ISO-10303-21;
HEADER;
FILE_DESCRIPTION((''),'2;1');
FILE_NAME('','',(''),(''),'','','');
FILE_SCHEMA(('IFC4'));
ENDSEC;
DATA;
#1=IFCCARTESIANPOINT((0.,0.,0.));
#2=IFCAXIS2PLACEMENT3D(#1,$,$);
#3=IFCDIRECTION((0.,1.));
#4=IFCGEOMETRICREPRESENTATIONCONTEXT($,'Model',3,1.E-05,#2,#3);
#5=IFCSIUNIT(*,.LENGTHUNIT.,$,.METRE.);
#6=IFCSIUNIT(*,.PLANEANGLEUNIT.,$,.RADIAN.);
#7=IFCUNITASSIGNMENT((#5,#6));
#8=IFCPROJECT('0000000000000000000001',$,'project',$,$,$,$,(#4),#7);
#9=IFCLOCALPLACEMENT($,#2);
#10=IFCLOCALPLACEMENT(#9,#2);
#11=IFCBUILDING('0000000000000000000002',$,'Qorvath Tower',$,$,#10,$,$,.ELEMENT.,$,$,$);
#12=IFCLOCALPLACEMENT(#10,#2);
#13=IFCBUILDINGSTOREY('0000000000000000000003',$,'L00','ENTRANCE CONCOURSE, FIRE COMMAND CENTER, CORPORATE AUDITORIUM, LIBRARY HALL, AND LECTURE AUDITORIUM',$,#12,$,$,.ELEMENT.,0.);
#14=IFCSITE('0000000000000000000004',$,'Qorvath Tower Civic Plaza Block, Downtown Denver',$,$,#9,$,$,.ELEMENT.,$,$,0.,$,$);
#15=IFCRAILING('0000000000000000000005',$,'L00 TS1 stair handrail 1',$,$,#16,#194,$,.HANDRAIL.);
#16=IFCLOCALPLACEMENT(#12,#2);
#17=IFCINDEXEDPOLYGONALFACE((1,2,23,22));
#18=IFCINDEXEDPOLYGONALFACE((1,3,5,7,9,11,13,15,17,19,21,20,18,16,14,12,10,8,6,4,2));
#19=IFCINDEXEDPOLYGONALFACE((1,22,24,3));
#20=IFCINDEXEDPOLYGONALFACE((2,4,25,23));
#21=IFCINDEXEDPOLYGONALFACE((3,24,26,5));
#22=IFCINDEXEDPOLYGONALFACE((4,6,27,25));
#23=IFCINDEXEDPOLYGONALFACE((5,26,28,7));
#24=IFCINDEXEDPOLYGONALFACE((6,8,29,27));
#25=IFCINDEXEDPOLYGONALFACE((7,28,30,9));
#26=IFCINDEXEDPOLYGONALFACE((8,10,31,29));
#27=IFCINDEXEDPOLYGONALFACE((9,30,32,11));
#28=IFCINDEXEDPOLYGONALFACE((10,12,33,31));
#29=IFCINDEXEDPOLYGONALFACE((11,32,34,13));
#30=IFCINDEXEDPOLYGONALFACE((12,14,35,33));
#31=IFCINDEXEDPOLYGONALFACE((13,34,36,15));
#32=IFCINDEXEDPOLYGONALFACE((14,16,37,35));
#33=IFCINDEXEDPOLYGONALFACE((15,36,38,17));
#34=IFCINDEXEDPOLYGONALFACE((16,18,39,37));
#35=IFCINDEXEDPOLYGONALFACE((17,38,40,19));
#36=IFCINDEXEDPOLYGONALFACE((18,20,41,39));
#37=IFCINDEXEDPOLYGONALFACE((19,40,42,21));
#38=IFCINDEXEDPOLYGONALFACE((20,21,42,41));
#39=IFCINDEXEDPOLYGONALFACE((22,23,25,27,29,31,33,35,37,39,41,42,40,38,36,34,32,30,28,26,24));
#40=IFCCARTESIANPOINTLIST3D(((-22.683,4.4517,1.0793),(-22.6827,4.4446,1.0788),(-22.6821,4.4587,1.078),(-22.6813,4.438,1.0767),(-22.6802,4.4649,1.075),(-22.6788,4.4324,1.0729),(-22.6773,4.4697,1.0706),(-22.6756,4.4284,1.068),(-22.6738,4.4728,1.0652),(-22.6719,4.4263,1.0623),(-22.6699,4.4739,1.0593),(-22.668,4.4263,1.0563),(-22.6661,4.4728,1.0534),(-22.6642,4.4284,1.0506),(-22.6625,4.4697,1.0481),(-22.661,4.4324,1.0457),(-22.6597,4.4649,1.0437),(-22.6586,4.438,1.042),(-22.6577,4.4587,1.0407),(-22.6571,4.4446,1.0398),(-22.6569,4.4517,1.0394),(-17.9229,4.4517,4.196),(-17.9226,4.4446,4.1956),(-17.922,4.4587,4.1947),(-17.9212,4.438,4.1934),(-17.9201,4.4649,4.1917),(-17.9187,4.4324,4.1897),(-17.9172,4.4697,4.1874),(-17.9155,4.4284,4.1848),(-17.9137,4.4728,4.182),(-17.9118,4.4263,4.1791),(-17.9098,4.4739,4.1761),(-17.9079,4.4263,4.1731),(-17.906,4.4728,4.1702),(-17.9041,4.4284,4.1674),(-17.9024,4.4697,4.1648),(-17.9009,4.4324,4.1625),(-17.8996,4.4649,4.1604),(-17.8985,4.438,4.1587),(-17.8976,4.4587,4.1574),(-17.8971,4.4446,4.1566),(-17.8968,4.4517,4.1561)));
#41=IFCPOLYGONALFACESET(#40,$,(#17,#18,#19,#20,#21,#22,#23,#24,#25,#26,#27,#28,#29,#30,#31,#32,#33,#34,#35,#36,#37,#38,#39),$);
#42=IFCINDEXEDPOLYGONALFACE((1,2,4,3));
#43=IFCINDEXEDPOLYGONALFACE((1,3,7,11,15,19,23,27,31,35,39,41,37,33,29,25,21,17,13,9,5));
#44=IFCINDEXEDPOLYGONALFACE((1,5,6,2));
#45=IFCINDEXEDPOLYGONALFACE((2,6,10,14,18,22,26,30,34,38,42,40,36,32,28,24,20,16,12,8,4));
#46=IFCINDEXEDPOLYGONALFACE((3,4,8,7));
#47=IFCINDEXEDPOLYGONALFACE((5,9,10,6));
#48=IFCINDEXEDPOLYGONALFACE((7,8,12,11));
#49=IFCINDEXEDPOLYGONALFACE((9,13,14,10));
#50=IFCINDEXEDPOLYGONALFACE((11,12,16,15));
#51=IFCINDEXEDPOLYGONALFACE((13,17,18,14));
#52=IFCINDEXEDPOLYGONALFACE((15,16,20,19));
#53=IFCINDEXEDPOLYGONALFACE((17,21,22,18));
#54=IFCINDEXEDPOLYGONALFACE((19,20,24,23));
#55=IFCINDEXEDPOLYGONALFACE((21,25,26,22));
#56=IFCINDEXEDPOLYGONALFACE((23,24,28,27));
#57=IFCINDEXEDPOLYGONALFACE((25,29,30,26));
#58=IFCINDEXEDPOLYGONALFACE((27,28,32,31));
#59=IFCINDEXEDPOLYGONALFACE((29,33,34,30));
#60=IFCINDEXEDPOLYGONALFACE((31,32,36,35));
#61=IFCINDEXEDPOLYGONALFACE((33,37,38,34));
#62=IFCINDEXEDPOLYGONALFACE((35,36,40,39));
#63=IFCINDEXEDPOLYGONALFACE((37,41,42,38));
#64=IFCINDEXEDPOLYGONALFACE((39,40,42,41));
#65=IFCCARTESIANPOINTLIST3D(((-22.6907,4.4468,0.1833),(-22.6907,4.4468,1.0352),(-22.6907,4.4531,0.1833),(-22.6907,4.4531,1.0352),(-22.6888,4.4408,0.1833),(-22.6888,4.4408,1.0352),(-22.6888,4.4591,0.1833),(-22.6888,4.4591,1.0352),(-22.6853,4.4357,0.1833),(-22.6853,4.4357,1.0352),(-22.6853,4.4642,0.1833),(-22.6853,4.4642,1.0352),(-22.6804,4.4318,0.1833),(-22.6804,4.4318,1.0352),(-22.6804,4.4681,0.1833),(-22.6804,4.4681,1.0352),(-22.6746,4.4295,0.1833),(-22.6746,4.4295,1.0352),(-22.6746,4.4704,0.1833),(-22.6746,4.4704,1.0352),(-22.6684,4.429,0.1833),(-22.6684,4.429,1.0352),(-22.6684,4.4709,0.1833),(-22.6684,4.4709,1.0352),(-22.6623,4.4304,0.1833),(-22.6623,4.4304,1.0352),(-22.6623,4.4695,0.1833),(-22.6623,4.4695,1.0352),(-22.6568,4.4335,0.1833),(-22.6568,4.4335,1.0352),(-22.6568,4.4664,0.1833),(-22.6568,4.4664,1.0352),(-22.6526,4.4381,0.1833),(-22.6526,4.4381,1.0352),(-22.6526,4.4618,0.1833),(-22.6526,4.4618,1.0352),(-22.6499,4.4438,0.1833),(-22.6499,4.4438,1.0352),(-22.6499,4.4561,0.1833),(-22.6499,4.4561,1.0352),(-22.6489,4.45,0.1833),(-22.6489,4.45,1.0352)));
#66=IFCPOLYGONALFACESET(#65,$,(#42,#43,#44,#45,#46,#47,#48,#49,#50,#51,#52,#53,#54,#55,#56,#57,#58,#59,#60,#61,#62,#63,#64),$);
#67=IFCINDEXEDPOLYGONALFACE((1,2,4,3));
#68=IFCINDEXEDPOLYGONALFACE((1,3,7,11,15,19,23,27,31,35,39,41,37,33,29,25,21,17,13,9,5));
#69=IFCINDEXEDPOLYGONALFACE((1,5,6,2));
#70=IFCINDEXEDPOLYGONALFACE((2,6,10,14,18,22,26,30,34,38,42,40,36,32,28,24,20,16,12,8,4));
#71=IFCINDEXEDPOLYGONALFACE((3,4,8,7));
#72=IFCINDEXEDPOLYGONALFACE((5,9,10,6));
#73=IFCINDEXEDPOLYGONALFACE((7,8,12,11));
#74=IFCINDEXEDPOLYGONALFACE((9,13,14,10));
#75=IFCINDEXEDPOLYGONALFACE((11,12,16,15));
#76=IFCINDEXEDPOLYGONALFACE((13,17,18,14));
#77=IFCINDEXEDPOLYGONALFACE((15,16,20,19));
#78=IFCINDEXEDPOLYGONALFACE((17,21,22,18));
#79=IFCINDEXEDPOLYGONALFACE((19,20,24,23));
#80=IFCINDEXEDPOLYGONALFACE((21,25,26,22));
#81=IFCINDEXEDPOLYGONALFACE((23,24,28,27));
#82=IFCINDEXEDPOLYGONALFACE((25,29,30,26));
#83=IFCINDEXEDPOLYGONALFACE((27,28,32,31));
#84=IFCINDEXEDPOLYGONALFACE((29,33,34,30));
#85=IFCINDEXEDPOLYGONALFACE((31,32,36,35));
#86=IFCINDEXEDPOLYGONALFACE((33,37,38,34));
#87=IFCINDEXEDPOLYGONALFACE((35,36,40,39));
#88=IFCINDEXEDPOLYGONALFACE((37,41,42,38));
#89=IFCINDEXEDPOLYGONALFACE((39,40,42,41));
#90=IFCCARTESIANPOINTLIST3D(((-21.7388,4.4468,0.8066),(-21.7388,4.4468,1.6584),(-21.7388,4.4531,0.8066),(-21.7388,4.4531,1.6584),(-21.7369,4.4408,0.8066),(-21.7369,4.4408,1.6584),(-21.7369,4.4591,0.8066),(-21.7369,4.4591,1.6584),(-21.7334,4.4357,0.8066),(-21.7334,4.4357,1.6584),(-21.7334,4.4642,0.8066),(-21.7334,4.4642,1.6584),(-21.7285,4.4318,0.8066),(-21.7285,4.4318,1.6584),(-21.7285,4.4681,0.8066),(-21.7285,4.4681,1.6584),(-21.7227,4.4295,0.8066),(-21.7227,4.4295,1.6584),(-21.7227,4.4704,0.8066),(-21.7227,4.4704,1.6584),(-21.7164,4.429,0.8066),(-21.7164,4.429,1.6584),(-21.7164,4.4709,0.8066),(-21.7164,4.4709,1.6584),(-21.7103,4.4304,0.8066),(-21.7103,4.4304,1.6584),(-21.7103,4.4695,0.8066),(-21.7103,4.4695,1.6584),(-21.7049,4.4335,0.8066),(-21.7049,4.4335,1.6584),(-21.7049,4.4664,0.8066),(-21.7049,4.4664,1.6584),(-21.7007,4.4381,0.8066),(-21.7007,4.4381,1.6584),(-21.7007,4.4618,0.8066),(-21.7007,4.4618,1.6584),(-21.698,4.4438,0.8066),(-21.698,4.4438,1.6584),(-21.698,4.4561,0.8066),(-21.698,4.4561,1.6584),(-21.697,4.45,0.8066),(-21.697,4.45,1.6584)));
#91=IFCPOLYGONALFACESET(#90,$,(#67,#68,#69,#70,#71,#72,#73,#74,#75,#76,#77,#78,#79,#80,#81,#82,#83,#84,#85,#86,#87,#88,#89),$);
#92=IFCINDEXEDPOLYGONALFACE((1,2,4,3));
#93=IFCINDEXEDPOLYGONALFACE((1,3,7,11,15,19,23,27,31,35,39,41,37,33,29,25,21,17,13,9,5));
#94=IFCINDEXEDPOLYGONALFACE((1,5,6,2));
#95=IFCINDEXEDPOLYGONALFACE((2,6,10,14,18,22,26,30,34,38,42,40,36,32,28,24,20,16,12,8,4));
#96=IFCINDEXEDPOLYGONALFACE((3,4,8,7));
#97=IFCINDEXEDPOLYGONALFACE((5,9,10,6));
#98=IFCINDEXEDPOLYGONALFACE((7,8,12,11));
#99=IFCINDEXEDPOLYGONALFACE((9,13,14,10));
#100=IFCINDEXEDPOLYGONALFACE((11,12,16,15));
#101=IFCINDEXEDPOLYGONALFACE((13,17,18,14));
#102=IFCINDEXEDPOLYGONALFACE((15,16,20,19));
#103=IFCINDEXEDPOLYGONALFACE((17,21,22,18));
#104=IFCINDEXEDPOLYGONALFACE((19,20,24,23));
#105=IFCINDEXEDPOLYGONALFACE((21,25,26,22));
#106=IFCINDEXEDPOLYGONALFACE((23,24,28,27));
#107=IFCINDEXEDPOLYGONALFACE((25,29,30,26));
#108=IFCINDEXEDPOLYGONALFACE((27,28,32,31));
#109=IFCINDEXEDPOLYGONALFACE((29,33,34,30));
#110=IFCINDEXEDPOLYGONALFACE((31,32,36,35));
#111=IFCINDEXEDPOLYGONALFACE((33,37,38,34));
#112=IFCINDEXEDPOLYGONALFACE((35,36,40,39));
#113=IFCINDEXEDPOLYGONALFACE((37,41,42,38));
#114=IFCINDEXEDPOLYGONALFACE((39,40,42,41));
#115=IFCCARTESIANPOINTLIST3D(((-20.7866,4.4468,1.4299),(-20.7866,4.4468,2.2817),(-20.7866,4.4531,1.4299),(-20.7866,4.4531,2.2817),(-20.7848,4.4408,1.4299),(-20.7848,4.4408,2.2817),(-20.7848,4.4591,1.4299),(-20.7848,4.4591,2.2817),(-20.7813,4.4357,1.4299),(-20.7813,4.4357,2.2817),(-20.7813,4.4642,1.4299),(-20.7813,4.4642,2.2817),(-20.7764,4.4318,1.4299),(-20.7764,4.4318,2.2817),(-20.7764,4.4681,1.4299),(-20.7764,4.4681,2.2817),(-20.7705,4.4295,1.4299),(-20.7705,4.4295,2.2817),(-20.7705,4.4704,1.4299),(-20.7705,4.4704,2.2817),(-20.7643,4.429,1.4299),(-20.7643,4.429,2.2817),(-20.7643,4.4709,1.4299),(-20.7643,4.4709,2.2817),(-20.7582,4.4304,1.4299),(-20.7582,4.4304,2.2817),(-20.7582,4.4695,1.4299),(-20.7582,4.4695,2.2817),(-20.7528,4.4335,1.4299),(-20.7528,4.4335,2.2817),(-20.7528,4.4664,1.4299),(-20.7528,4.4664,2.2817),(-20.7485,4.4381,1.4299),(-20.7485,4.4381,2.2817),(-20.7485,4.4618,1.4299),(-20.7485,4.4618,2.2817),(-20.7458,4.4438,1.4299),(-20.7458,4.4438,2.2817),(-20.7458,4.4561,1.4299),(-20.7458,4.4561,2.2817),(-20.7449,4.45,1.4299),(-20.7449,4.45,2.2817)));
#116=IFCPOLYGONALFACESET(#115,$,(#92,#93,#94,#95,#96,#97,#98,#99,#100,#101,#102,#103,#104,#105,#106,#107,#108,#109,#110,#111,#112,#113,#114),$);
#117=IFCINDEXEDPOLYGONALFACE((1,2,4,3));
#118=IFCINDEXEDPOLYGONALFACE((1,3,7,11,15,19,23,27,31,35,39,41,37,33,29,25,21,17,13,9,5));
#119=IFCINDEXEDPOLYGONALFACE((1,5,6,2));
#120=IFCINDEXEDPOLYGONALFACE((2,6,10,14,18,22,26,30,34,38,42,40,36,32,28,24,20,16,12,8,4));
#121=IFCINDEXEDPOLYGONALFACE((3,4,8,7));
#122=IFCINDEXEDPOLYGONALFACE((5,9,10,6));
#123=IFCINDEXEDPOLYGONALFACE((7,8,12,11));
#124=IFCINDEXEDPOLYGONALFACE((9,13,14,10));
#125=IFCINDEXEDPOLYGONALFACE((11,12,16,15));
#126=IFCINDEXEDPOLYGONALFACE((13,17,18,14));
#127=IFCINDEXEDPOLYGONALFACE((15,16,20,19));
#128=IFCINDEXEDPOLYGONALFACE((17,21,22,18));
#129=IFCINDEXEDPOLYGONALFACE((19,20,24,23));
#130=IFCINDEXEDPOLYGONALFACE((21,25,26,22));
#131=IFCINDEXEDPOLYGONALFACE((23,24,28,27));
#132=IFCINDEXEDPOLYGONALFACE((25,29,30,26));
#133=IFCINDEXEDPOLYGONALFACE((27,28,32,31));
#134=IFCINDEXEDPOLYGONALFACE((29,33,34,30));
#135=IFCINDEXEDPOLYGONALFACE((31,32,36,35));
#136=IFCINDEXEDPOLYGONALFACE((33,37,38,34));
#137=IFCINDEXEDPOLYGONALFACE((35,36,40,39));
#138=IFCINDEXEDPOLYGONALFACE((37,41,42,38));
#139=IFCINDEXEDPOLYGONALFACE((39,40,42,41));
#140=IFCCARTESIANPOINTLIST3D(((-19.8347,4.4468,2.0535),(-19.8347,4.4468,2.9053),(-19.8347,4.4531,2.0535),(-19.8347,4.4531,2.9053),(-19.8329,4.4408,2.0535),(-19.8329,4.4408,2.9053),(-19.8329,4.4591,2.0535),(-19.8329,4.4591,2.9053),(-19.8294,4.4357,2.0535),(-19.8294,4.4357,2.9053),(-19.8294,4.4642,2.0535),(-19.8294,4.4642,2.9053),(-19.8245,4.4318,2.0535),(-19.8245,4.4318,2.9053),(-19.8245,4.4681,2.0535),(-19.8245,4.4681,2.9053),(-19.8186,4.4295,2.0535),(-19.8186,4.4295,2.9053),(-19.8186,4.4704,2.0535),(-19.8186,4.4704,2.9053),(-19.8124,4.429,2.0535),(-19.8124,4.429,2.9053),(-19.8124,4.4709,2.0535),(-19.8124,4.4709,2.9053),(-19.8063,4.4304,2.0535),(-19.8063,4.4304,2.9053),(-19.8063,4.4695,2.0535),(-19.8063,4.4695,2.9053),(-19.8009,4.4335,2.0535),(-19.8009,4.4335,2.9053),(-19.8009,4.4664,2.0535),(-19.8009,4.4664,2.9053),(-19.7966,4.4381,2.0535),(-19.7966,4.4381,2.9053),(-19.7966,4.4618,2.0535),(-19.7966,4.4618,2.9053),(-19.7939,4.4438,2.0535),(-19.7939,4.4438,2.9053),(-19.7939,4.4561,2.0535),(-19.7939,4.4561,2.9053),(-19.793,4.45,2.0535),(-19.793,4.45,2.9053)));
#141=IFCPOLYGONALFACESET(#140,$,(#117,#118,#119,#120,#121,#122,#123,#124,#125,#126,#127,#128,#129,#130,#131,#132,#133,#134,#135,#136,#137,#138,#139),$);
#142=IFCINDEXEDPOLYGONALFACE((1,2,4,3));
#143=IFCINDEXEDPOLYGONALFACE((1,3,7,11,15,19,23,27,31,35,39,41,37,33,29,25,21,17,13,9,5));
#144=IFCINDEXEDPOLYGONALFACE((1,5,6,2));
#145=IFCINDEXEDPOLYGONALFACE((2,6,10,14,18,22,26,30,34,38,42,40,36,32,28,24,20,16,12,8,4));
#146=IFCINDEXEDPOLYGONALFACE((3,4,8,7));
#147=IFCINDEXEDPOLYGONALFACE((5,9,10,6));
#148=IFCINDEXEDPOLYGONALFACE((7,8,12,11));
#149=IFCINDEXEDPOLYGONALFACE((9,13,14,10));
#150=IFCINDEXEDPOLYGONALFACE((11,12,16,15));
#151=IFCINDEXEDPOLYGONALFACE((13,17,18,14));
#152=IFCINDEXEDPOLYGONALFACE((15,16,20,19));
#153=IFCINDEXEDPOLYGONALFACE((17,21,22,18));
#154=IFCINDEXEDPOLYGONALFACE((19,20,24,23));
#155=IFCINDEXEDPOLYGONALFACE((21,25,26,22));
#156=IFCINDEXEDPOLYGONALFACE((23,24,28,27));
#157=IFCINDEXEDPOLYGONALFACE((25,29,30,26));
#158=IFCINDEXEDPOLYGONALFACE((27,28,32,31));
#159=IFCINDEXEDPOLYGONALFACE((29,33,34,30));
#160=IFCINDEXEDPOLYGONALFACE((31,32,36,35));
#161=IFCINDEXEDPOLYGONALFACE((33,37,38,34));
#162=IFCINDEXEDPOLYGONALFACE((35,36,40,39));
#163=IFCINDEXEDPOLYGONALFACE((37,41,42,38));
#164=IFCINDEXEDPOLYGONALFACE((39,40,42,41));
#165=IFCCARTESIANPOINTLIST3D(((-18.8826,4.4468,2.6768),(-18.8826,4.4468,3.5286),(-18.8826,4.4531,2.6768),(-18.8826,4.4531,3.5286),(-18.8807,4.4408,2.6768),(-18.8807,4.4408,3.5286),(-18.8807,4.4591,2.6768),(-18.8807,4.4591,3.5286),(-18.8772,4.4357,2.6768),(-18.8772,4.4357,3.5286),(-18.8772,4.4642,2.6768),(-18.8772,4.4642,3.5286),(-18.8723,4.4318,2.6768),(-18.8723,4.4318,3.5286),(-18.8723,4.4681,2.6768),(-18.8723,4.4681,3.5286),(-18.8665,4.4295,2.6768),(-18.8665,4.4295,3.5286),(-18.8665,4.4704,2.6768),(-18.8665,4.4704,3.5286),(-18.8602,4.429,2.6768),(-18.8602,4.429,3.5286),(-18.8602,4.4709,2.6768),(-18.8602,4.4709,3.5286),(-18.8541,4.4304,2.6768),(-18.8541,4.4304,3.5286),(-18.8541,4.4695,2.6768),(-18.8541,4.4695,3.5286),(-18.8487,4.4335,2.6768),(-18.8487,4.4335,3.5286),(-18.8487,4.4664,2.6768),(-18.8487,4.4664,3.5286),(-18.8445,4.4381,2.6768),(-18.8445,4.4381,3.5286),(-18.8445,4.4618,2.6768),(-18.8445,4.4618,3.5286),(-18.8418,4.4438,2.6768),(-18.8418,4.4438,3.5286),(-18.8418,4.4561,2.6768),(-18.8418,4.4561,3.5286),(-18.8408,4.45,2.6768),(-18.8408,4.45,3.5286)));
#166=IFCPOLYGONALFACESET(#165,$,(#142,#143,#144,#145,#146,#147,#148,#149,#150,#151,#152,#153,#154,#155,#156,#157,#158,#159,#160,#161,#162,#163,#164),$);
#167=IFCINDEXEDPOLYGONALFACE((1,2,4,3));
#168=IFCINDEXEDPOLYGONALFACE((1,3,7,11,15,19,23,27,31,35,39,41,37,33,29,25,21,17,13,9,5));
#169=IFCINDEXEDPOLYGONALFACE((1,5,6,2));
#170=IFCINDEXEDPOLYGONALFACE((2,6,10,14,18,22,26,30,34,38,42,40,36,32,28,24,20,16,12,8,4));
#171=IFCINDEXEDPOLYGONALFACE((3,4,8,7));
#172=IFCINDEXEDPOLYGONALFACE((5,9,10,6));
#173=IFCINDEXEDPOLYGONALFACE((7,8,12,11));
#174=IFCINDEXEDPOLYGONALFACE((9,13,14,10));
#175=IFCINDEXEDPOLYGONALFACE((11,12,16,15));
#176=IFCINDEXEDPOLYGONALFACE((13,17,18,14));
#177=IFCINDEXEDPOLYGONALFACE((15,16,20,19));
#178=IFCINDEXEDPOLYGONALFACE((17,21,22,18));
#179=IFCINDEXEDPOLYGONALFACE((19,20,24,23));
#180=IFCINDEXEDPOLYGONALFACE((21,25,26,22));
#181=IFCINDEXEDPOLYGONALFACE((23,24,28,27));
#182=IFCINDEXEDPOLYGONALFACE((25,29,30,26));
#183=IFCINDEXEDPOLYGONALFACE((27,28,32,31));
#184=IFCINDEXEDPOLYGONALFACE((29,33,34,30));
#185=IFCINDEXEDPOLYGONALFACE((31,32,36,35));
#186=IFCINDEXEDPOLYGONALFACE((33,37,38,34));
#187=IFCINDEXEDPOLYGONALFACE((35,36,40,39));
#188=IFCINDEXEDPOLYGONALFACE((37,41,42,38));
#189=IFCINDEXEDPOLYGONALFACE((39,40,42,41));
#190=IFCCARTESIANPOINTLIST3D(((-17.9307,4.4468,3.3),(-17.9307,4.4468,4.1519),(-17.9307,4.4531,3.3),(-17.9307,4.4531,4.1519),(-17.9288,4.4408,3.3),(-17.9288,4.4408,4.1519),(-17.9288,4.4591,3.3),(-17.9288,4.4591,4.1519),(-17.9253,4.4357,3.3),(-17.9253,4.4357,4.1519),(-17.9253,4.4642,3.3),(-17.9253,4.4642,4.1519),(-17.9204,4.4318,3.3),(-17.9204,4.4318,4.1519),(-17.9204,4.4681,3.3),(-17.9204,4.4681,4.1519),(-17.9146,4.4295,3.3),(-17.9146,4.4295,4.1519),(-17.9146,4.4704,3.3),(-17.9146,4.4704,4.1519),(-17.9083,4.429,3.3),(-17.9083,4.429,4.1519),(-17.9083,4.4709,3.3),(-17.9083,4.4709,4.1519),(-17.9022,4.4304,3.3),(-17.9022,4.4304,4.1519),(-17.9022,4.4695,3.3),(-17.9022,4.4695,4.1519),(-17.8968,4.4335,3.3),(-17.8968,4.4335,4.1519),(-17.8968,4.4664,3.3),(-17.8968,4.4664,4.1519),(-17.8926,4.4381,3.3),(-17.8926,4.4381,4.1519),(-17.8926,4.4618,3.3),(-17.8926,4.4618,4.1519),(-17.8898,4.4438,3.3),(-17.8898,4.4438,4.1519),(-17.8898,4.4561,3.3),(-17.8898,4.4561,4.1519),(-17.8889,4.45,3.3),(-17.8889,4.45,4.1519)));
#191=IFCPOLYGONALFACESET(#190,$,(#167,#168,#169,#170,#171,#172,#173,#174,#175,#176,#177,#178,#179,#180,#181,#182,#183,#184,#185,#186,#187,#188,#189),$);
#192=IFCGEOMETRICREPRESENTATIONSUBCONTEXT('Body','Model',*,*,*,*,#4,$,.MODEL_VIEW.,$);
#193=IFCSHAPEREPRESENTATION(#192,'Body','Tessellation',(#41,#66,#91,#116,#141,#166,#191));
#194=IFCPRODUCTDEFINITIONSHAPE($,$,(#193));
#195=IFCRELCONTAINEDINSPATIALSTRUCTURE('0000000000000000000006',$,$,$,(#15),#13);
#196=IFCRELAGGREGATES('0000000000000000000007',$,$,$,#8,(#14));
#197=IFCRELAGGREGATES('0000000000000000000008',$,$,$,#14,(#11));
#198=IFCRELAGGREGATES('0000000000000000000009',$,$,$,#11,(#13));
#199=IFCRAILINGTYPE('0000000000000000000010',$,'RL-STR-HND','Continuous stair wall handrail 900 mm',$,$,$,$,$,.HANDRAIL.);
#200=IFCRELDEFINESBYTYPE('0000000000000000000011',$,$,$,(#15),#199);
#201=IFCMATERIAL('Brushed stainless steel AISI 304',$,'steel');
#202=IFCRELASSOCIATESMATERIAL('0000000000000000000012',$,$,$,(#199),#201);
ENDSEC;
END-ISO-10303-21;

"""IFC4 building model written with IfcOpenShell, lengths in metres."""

from ifc_helpers import new_model, si_unit, direction, frame, origin, origin_2d, place, context, subcontext, project, spatial, circle, extrude, material, type_object, element, save


model = new_model("IFC4")

# Units and contexts
model_context = context("Model", 3, precision=1e-05, world=origin(), true_north=direction((0.0, 1.0)))
body_context = subcontext(model_context, "Body", "Model", "MODEL_VIEW")
ifc_project = project(units=[si_unit("LENGTHUNIT", "METRE"), si_unit("PLANEANGLEUNIT", "RADIAN")], contexts=[model_context])

# Site, building, storey
site_placement = place(None, origin())
site = spatial("IfcSite", under=ifc_project, at=site_placement, Name="Qorvath Tower Civic Plaza Block, Downtown Denver", CompositionType="ELEMENT", RefElevation=0.0)
building_placement = place(site_placement, origin())
building = spatial("IfcBuilding", under=site, at=building_placement, Name="Qorvath Tower", CompositionType="ELEMENT")
storey_placement = place(building_placement, origin())
storey = spatial("IfcBuildingStorey", under=building, at=storey_placement, Name="L00", Description="ENTRANCE CONCOURSE, FIRE COMMAND CENTER, CORPORATE AUDITORIUM, LIBRARY HALL, AND LECTURE AUDITORIUM", CompositionType="ELEMENT", Elevation=0.0)

# Railing
ifc_material_1 = material(Name="Brushed stainless steel AISI 304", Category="steel")
railing_type_1 = type_object("IfcRailingType", Name="RL-STR-HND", Description="Continuous stair wall handrail 900 mm", PredefinedType="HANDRAIL", material=ifc_material_1)
railing_1_placement = place(storey_placement, frame((-22.6699, 4.45, 0.1833)))
element("IfcRailing", 1, at=railing_1_placement, inside=storey, type_object=railing_type_1, Name="L00 TS1 stair handrail 1", PredefinedType="HANDRAIL", context=body_context, shape_type="SweptSolid", body=[
    extrude(circle(Radius=0.0239, at=origin_2d()), frame((0.0, 0.0, 0.876), z_axis=(0.836616, 0.0, 0.547789), x_axis=(0.0, 1.0, 0.0)), (0.0, 0.0, 1.0), 5.6897),
    extrude(circle(Radius=0.021, at=origin_2d()), origin(), (0.0, 0.0, 1.0), 0.8518),
    extrude(circle(Radius=0.021, at=origin_2d()), frame((0.9519, 0.0, 0.6233)), (0.0, 0.0, 1.0), 0.8518),
    extrude(circle(Radius=0.021, at=origin_2d()), frame((1.9041, 0.0, 1.2466)), (0.0, 0.0, 1.0), 0.8518),
    extrude(circle(Radius=0.021, at=origin_2d()), frame((2.856, 0.0, 1.8701)), (0.0, 0.0, 1.0), 0.8518),
    extrude(circle(Radius=0.021, at=origin_2d()), frame((3.8081, 0.0, 2.4934)), (0.0, 0.0, 1.0), 0.8518),
    extrude(circle(Radius=0.021, at=origin_2d()), frame((4.76, 0.0, 3.1167)), (0.0, 0.0, 1.0), 0.8518),
])

save(model, "model.ifc")
